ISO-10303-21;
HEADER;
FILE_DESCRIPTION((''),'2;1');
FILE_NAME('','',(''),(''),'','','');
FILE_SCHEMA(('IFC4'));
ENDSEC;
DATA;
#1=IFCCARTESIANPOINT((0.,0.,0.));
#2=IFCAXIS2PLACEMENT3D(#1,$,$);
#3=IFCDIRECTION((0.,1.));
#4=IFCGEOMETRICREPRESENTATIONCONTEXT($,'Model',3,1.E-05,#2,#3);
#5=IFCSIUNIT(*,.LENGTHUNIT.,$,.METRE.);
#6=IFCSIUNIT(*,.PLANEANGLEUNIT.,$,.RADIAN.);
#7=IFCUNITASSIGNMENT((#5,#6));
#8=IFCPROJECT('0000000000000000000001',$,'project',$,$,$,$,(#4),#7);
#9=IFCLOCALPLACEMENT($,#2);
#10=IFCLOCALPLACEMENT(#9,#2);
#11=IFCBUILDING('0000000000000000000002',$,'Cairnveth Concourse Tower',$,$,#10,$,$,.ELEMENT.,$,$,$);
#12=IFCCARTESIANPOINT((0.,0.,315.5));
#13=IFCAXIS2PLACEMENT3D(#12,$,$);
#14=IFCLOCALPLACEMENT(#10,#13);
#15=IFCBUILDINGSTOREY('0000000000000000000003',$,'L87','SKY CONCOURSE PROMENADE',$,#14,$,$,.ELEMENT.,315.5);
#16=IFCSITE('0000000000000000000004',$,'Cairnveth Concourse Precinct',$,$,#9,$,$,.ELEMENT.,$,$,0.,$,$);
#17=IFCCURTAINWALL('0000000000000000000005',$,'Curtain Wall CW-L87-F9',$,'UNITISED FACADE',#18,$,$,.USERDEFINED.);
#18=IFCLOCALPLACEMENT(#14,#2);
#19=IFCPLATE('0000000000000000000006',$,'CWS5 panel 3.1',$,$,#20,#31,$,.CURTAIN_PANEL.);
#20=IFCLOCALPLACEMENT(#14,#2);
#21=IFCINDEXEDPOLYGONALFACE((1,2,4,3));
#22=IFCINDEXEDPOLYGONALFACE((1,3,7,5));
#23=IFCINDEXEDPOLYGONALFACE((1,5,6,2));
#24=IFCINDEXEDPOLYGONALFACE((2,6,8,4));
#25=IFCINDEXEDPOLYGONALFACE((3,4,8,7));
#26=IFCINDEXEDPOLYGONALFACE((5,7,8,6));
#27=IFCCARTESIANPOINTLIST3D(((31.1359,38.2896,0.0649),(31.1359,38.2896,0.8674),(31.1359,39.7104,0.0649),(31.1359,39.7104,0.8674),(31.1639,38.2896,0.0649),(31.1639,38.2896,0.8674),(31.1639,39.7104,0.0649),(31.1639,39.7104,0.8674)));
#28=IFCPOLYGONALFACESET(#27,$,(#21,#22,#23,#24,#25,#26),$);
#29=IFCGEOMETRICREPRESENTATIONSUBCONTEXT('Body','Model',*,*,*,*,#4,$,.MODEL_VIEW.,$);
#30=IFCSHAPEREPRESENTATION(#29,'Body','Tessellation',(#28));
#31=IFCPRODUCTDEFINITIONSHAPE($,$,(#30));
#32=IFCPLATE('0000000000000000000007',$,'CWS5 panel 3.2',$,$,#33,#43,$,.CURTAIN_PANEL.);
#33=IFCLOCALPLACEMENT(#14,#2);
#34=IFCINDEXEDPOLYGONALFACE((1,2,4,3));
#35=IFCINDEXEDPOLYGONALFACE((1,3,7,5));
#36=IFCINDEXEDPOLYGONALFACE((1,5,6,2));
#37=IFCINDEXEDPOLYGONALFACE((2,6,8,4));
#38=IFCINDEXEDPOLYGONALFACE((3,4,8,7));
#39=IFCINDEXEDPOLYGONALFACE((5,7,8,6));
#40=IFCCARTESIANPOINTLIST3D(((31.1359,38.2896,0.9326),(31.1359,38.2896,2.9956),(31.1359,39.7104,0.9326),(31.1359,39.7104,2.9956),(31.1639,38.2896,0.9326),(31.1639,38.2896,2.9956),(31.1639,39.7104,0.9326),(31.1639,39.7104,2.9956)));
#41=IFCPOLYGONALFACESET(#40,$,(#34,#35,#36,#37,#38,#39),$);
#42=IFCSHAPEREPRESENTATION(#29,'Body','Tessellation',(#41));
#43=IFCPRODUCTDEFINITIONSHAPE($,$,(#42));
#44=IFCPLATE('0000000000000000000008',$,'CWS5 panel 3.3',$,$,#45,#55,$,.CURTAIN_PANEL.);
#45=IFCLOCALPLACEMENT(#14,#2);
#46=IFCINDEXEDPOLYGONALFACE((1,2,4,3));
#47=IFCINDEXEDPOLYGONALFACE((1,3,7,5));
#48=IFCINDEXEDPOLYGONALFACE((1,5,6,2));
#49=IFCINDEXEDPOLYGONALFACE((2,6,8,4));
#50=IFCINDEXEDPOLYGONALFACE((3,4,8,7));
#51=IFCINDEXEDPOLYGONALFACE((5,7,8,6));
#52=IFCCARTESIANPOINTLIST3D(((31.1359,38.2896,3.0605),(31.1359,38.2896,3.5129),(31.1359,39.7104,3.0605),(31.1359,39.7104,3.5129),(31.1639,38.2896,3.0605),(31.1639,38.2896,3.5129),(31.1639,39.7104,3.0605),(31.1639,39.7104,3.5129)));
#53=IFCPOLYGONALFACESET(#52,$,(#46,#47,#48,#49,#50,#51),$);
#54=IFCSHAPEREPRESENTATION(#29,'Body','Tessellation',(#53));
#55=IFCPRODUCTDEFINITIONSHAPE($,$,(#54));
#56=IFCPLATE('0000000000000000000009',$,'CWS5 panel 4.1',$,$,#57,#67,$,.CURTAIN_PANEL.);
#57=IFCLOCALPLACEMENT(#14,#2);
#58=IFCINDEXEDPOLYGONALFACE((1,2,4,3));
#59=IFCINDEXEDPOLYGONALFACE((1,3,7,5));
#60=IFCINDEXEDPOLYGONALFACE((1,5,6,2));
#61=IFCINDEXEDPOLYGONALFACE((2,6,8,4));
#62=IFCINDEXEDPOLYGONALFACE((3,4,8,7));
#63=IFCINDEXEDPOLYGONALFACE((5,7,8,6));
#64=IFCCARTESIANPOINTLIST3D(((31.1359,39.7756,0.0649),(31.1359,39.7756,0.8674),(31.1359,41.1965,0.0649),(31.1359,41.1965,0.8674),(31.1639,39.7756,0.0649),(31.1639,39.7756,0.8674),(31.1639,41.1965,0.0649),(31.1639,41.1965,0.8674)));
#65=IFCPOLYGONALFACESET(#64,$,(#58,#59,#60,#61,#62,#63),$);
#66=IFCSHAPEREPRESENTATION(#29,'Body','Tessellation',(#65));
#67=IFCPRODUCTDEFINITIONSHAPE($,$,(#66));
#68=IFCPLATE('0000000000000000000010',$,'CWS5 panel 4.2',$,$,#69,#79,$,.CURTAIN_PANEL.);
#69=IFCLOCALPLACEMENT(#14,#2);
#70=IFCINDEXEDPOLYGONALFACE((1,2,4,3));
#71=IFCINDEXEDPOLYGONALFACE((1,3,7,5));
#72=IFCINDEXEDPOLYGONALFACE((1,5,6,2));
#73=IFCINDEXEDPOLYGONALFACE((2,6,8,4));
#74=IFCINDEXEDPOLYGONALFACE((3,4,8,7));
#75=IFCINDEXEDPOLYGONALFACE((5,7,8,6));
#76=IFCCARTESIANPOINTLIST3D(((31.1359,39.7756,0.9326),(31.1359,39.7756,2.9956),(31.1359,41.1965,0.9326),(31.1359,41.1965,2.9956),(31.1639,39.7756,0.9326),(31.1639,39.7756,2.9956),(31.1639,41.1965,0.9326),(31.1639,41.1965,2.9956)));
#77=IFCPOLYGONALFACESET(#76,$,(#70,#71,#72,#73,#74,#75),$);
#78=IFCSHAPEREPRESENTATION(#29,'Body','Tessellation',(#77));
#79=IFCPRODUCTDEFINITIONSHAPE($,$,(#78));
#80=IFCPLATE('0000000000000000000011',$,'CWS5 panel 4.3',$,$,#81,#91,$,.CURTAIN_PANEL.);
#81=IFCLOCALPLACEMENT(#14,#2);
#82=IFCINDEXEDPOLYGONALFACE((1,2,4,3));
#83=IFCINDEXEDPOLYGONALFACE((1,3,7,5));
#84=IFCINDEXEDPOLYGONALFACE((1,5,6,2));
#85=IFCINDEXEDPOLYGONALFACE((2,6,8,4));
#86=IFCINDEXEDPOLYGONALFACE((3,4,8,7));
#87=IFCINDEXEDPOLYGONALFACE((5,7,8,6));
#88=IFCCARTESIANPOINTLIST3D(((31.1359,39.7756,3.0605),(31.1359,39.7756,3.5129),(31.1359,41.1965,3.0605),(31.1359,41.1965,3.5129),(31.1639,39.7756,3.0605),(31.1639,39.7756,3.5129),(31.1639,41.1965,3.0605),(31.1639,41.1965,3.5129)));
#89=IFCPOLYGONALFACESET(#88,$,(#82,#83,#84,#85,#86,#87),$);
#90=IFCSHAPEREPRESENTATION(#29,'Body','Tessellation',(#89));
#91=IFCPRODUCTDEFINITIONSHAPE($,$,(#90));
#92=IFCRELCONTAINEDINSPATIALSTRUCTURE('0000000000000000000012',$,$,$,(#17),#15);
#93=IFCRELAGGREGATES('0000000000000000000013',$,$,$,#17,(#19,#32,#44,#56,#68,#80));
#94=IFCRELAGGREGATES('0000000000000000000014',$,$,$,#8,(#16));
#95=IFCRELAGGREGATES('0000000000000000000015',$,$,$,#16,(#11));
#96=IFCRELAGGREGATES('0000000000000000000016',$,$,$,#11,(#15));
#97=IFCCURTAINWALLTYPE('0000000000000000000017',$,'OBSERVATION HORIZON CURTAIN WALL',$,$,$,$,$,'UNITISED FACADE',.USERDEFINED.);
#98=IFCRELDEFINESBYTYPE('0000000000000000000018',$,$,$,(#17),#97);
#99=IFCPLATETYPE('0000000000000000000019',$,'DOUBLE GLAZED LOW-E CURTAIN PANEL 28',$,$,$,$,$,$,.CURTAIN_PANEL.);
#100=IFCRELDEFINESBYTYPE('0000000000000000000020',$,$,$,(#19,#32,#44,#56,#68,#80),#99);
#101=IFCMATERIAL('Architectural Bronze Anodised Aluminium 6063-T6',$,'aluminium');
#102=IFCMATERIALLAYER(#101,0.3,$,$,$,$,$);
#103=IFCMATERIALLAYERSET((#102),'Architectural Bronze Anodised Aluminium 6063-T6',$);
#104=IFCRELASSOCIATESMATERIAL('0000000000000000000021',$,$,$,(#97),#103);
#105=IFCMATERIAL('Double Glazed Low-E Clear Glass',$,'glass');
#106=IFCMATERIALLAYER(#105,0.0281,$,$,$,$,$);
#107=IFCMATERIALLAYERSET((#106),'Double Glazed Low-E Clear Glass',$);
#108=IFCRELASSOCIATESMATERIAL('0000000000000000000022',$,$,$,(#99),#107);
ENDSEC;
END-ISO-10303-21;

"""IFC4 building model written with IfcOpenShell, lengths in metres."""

from ifc_helpers import new_model, si_unit, direction, frame, origin, origin_2d, place, context, subcontext, project, spatial, rectangle, extrude, material, layer, layer_set, type_object, element, aggregate, save


model = new_model("IFC4")

# Units and contexts
model_context = context("Model", 3, precision=1e-05, world=origin(), true_north=direction((0.0, 1.0)))
body_context = subcontext(model_context, "Body", "Model", "MODEL_VIEW")
ifc_project = project(units=[si_unit("LENGTHUNIT", "METRE"), si_unit("PLANEANGLEUNIT", "RADIAN")], contexts=[model_context])

# Site, building, storey
site_placement = place(None, origin())
site = spatial("IfcSite", under=ifc_project, at=site_placement, Name="Cairnveth Concourse Precinct", CompositionType="ELEMENT", RefElevation=0.0)
building_placement = place(site_placement, origin())
building = spatial("IfcBuilding", under=site, at=building_placement, Name="Cairnveth Concourse Tower", CompositionType="ELEMENT")
storey_placement = place(building_placement, frame((0.0, 0.0, 315.5)))
storey = spatial("IfcBuildingStorey", under=building, at=storey_placement, Name="L87", Description="SKY CONCOURSE PROMENADE", CompositionType="ELEMENT", Elevation=315.5)

# Curtain wall, plates
ifc_material_1 = material(Name="Architectural Bronze Anodised Aluminium 6063-T6", Category="aluminium")
ifc_layer_1 = layer(ifc_material_1, 0.3)
ifc_layer_set_1 = layer_set([ifc_layer_1], Name="Architectural Bronze Anodised Aluminium 6063-T6")
curtain_wall_type = type_object("IfcCurtainWallType", Name="OBSERVATION HORIZON CURTAIN WALL", ElementType="UNITISED FACADE", PredefinedType="USERDEFINED", material=ifc_layer_set_1)
curtain_wall_placement = place(storey_placement, origin())
curtain_wall = element("IfcCurtainWall", 1, at=curtain_wall_placement, inside=storey, type_object=curtain_wall_type, Name="Curtain Wall CW-L87-F9", ObjectType="UNITISED FACADE", PredefinedType="USERDEFINED")
ifc_material_2 = material(Name="Double Glazed Low-E Clear Glass", Category="glass")
ifc_layer_2 = layer(ifc_material_2, 0.0281)
ifc_layer_set_2 = layer_set([ifc_layer_2], Name="Double Glazed Low-E Clear Glass")
plate_type = type_object("IfcPlateType", Name="DOUBLE GLAZED LOW-E CURTAIN PANEL 28", PredefinedType="CURTAIN_PANEL", material=ifc_layer_set_2)
plate_1_placement = place(storey_placement, frame((31.1499, 39.0, 0.0649), z_axis=(0.0, 0.0, 1.0), x_axis=(0.0, 1.0, 0.0)))
plate_1 = element("IfcPlate", 2, at=plate_1_placement, type_object=plate_type, Name="CWS5 panel 3.1", PredefinedType="CURTAIN_PANEL", context=body_context, shape_type="SweptSolid", body=[
    extrude(rectangle(XDim=1.4209, YDim=0.0281, at=origin_2d()), origin(), (0.0, 0.0, 1.0), 0.8025),
])
plate_2_placement = place(storey_placement, frame((31.1499, 39.0, 0.9326), z_axis=(0.0, 0.0, 1.0), x_axis=(0.0, 1.0, 0.0)))
plate_2 = element("IfcPlate", 3, at=plate_2_placement, type_object=plate_type, Name="CWS5 panel 3.2", PredefinedType="CURTAIN_PANEL", context=body_context, shape_type="SweptSolid", body=[
    extrude(rectangle(XDim=1.4209, YDim=0.0281, at=origin_2d()), origin(), (0.0, 0.0, 1.0), 2.063),
])
plate_3_placement = place(storey_placement, frame((31.1499, 39.0, 3.0605), z_axis=(0.0, 0.0, 1.0), x_axis=(0.0, 1.0, 0.0)))
plate_3 = element("IfcPlate", 4, at=plate_3_placement, type_object=plate_type, Name="CWS5 panel 3.3", PredefinedType="CURTAIN_PANEL", context=body_context, shape_type="SweptSolid", body=[
    extrude(rectangle(XDim=1.4209, YDim=0.0281, at=origin_2d()), origin(), (0.0, 0.0, 1.0), 0.4524),
])
plate_4_placement = place(storey_placement, frame((31.1499, 40.4861, 0.0649), z_axis=(0.0, 0.0, 1.0), x_axis=(0.0, 1.0, 0.0)))
plate_4 = element("IfcPlate", 5, at=plate_4_placement, type_object=plate_type, Name="CWS5 panel 4.1", PredefinedType="CURTAIN_PANEL", context=body_context, shape_type="SweptSolid", body=[
    extrude(rectangle(XDim=1.4209, YDim=0.0281, at=origin_2d()), origin(), (0.0, 0.0, 1.0), 0.8025),
])
plate_5_placement = place(storey_placement, frame((31.1499, 40.4861, 0.9326), z_axis=(0.0, 0.0, 1.0), x_axis=(0.0, 1.0, 0.0)))
plate_5 = element("IfcPlate", 6, at=plate_5_placement, type_object=plate_type, Name="CWS5 panel 4.2", PredefinedType="CURTAIN_PANEL", context=body_context, shape_type="SweptSolid", body=[
    extrude(rectangle(XDim=1.4209, YDim=0.0281, at=origin_2d()), origin(), (0.0, 0.0, 1.0), 2.063),
])
plate_6_placement = place(storey_placement, frame((31.1499, 40.4861, 3.0605), z_axis=(0.0, 0.0, 1.0), x_axis=(0.0, 1.0, 0.0)))
plate_6 = element("IfcPlate", 7, at=plate_6_placement, type_object=plate_type, Name="CWS5 panel 4.3", PredefinedType="CURTAIN_PANEL", context=body_context, shape_type="SweptSolid", body=[
    extrude(rectangle(XDim=1.4209, YDim=0.0281, at=origin_2d()), origin(), (0.0, 0.0, 1.0), 0.4524),
])
aggregate(curtain_wall, [plate_1, plate_2, plate_3, plate_4, plate_5, plate_6])

save(model, "model.ifc")
